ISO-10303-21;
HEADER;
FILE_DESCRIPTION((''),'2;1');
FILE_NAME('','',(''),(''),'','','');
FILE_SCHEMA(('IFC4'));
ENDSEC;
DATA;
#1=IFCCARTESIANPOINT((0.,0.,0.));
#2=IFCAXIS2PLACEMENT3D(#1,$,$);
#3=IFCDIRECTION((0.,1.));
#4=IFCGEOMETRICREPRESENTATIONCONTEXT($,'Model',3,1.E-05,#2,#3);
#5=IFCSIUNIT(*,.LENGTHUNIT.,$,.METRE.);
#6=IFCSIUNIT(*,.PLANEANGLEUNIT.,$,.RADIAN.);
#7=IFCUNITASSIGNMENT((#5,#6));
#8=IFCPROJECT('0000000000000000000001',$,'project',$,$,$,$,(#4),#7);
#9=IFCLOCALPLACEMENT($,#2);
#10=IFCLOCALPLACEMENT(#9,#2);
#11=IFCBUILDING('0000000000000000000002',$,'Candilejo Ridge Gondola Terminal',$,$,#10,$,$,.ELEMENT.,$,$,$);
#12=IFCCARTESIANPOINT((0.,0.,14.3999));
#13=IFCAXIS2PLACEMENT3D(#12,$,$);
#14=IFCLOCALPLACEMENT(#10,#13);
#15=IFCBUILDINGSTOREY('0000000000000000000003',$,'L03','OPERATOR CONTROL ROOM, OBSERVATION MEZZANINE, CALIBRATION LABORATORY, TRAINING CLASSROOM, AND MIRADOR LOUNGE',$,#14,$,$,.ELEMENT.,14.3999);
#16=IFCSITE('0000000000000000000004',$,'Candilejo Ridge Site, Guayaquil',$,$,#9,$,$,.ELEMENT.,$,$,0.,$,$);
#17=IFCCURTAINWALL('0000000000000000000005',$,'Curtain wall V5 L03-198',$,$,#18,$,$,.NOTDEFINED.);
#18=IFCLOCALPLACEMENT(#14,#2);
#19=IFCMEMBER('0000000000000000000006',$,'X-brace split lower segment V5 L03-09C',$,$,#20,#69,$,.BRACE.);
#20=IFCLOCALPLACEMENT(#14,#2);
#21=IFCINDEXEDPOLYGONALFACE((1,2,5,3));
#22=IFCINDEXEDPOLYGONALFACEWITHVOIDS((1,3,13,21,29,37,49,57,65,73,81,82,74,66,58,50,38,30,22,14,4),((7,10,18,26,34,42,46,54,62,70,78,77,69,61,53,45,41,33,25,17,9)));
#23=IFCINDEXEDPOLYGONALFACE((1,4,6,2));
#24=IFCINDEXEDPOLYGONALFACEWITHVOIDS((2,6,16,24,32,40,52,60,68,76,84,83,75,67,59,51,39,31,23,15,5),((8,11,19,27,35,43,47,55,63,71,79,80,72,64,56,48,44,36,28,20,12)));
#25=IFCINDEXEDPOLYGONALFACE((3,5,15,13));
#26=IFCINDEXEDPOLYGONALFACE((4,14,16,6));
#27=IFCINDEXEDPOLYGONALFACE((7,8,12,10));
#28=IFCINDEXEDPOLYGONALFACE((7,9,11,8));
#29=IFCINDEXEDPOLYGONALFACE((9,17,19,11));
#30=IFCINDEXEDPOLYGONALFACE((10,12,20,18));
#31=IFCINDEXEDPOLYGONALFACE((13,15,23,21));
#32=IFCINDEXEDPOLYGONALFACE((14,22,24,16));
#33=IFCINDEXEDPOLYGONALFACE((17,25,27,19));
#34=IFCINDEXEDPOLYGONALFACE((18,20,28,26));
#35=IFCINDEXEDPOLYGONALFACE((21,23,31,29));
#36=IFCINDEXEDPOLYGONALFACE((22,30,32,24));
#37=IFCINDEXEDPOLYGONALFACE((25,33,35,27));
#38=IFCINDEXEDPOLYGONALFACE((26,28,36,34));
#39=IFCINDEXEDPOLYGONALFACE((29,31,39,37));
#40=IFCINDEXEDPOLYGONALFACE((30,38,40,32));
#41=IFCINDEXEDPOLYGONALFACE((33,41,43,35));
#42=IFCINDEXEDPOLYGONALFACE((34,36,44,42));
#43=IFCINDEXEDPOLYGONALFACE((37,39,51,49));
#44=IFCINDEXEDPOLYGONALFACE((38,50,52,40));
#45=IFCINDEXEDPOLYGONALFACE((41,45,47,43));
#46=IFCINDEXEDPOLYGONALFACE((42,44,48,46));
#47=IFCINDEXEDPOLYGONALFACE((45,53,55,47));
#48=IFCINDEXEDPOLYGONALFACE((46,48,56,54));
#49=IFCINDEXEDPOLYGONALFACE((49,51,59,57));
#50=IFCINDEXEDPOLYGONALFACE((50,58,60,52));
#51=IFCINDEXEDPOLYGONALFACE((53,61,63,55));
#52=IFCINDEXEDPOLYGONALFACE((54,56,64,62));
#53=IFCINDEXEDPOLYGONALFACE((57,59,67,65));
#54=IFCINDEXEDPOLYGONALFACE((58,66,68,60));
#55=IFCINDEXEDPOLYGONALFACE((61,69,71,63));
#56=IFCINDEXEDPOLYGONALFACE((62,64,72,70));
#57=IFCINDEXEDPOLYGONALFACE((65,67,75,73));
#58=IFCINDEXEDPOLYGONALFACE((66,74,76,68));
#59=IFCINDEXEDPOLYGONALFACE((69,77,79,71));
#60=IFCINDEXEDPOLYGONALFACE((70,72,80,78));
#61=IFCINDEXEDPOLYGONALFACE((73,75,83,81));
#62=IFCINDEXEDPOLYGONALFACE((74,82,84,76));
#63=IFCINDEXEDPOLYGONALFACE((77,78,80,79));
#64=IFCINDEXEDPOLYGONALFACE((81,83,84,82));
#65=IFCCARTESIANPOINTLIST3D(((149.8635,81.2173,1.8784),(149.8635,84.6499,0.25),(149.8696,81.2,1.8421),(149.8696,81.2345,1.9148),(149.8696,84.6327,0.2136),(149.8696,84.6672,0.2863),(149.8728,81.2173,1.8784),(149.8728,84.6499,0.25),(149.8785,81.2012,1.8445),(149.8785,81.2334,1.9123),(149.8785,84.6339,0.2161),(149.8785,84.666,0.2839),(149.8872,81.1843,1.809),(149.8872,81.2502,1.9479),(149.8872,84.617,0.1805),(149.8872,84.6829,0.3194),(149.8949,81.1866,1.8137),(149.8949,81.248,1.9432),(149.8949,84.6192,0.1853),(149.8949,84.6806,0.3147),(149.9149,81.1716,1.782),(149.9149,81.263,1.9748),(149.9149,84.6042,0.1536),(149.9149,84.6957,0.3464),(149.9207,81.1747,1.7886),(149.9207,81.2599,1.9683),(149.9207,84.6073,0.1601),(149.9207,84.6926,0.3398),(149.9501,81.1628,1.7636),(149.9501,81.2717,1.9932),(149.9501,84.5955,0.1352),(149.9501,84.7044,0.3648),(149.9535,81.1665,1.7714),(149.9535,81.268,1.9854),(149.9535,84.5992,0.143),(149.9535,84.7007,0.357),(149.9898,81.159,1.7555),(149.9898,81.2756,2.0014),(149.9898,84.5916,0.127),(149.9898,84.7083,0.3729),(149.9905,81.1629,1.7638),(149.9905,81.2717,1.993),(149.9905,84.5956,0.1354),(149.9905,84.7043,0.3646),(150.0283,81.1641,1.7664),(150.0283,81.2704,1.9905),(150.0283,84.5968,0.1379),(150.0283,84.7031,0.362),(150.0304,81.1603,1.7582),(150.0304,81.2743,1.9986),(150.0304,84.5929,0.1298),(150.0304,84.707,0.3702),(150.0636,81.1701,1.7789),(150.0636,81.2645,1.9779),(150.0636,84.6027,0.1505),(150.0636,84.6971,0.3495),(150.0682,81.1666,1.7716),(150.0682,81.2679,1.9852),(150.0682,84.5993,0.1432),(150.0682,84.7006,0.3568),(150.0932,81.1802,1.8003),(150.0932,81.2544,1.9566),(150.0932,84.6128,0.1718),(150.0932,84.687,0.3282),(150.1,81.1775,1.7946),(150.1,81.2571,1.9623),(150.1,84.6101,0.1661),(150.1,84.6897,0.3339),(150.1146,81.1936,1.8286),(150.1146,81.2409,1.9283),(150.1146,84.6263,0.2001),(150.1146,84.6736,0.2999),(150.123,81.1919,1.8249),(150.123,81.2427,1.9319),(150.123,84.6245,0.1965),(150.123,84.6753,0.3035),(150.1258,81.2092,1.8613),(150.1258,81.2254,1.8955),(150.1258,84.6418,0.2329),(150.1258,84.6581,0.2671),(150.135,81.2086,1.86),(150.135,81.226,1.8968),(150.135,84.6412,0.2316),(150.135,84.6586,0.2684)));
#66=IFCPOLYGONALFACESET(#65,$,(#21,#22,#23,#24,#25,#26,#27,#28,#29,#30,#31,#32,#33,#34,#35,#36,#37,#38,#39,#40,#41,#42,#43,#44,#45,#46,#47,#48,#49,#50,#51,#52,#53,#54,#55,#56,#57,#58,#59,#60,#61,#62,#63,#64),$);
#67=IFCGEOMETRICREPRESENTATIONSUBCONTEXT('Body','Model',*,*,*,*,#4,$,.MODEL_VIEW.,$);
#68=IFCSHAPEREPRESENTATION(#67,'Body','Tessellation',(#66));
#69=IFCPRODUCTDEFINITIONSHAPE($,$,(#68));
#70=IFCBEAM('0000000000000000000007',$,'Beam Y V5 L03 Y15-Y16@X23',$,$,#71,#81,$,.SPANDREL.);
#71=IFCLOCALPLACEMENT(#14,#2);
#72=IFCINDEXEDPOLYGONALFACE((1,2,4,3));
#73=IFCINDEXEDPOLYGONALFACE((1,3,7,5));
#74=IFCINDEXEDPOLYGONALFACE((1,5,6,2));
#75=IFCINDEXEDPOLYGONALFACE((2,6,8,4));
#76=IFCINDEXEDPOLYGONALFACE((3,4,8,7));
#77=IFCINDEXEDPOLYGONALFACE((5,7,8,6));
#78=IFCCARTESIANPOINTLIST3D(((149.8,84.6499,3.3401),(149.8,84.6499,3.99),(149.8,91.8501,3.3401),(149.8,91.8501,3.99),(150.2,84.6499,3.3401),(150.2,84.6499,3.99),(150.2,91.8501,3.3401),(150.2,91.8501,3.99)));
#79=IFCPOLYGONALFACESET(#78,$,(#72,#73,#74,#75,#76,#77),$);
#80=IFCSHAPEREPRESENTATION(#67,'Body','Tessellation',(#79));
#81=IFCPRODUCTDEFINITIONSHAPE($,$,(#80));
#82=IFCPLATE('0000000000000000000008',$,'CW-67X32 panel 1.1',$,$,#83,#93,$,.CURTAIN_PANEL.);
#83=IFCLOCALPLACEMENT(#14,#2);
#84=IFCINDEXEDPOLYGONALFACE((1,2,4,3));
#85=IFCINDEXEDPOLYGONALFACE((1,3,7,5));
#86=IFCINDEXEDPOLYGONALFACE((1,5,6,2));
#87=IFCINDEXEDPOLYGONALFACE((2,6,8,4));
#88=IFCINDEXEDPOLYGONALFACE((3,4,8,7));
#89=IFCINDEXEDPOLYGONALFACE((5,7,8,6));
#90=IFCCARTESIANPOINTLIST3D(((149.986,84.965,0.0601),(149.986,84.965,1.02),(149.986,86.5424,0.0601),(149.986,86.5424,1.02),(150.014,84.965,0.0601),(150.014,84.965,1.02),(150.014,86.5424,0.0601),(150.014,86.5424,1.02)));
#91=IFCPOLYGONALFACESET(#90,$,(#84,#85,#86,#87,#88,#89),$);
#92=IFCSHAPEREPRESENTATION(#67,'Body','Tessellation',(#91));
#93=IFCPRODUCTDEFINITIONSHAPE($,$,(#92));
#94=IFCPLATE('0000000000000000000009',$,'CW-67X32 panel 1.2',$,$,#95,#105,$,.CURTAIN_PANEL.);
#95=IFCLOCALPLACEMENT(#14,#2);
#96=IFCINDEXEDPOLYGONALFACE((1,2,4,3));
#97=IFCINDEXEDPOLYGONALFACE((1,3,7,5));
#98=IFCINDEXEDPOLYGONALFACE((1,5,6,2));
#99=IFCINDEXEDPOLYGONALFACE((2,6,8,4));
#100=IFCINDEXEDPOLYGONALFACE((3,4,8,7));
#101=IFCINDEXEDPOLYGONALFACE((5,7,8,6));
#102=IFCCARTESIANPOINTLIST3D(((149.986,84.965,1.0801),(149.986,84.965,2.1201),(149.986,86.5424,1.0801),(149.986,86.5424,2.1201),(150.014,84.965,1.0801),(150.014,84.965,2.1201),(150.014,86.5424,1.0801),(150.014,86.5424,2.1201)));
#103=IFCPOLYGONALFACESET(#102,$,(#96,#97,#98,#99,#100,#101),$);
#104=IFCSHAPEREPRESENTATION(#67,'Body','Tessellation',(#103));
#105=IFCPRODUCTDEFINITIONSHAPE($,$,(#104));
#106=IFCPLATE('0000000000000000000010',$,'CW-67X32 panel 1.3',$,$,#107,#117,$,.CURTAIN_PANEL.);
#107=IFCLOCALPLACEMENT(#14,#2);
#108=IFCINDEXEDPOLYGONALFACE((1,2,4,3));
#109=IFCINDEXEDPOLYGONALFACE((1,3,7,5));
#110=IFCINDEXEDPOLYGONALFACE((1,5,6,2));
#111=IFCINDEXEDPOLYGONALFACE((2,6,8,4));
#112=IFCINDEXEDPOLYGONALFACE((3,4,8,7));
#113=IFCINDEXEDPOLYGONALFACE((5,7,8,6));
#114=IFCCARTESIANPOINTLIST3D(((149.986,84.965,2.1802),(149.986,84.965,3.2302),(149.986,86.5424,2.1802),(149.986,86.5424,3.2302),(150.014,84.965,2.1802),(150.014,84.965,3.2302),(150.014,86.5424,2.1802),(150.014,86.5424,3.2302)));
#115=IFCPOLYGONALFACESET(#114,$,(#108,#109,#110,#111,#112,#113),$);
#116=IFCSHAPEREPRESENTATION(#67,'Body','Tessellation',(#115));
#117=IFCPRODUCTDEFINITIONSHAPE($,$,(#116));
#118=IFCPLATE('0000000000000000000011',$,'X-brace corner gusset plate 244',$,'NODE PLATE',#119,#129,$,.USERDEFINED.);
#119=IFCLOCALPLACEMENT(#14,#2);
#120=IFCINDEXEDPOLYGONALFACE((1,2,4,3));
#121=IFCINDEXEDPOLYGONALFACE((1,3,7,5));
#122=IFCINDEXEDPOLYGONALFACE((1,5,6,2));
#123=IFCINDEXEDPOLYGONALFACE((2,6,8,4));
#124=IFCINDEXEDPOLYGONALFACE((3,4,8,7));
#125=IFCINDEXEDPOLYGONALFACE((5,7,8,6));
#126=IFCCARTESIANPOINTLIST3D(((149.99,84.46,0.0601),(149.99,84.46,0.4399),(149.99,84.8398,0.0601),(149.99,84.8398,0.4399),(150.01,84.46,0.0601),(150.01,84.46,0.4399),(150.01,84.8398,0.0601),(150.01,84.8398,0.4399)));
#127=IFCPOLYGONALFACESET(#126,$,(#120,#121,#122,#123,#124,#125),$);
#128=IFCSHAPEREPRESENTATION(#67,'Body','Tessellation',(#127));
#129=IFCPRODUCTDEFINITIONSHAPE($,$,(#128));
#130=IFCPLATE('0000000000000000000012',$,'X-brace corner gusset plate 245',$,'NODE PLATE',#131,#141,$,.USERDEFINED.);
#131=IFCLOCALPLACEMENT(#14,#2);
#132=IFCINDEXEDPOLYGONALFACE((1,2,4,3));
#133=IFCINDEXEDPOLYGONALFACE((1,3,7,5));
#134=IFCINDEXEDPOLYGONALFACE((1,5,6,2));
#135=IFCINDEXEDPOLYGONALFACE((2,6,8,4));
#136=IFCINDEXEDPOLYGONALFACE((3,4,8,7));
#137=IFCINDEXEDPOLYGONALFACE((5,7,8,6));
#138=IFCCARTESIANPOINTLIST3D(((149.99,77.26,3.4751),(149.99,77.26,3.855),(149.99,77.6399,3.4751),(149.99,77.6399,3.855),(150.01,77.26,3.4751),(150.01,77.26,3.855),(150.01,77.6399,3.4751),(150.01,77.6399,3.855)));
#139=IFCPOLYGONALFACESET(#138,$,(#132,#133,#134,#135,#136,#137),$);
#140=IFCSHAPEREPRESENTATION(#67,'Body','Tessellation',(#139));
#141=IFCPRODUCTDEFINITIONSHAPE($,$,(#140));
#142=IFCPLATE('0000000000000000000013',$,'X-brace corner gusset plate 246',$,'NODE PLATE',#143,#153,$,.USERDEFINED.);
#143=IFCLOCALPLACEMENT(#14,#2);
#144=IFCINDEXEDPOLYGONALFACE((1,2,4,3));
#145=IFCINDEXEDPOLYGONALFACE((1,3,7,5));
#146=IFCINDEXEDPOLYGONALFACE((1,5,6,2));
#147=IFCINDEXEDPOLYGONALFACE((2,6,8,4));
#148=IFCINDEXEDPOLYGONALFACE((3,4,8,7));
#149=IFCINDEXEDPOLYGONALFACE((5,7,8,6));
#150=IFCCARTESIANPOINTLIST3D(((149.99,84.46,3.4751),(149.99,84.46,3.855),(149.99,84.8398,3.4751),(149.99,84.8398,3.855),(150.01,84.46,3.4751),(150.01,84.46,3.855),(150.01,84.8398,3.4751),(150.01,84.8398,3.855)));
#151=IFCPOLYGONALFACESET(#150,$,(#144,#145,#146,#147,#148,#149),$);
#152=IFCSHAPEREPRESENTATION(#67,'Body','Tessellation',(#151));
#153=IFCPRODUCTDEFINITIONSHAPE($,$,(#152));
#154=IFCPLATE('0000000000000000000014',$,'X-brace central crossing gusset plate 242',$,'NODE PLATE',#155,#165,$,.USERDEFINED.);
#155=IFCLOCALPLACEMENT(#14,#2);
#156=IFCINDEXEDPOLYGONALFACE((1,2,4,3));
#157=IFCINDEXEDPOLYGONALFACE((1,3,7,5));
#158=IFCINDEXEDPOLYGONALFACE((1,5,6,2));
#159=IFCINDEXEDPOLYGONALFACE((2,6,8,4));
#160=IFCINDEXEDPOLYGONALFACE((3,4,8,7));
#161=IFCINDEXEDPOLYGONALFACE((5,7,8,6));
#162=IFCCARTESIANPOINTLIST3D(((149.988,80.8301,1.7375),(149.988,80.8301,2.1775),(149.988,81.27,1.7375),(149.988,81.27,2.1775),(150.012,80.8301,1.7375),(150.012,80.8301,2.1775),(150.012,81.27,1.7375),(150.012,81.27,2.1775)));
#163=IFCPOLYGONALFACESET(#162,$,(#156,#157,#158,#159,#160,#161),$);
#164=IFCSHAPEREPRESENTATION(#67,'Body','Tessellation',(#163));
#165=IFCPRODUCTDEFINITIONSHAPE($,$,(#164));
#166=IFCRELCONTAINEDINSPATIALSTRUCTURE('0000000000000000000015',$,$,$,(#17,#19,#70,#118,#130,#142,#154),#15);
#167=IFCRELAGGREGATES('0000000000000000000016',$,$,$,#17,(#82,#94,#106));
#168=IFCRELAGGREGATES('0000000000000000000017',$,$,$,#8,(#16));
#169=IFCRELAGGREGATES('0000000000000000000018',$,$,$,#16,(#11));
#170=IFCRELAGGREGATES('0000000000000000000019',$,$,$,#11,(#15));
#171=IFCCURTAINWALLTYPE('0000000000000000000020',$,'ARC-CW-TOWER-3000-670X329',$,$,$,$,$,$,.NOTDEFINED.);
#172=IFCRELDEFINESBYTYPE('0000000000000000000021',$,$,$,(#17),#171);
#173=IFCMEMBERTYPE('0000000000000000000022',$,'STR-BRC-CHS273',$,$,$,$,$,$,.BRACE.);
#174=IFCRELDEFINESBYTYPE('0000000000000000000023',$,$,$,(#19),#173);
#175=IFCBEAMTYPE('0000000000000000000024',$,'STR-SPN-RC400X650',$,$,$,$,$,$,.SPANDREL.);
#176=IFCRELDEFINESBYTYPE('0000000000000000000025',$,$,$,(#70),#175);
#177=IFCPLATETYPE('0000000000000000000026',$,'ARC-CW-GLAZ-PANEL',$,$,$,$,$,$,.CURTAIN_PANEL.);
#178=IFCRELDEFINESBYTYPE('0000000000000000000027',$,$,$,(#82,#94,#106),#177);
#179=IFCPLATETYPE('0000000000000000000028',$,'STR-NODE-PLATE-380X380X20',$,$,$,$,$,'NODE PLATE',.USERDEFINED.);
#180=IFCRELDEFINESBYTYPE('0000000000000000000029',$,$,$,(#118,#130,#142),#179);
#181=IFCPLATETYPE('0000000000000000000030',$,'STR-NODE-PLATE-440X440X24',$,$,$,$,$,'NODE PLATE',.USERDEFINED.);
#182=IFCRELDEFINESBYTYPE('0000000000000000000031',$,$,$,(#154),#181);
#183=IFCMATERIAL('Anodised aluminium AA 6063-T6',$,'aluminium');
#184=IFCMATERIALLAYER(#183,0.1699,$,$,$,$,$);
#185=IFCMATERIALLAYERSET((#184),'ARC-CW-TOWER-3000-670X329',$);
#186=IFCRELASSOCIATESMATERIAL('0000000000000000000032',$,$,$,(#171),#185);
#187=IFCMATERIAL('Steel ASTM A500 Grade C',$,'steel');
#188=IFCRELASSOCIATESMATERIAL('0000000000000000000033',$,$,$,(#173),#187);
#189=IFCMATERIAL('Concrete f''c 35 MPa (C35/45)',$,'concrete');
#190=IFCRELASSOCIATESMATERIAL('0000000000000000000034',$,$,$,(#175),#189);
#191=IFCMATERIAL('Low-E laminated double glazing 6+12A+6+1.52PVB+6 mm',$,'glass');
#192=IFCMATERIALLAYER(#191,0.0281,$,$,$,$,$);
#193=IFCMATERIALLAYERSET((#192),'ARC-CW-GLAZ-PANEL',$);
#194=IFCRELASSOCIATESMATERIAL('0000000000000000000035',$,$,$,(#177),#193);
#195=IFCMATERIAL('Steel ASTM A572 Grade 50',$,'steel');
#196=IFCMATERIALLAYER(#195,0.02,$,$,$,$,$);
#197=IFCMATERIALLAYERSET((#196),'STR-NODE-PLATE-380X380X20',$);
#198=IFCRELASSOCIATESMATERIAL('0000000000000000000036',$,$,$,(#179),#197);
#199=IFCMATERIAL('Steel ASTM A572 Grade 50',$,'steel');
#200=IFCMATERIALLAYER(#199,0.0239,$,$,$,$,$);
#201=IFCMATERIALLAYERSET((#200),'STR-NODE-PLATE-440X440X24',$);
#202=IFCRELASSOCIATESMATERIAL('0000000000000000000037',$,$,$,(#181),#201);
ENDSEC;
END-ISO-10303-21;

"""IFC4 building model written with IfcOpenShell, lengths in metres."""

from ifc_helpers import new_model, si_unit, direction, frame, origin, origin_2d, place, context, subcontext, project, spatial, rectangle, hollow_circle, extrude, material, layer, layer_set, material_profile, profile_set, type_object, element, aggregate, save


model = new_model("IFC4")

# Units and contexts
model_context = context("Model", 3, precision=1e-05, world=origin(), true_north=direction((0.0, 1.0)))
body_context = subcontext(model_context, "Body", "Model", "MODEL_VIEW")
ifc_project = project(units=[si_unit("LENGTHUNIT", "METRE"), si_unit("PLANEANGLEUNIT", "RADIAN")], contexts=[model_context])

# Site, building, storey
site_placement = place(None, origin())
site = spatial("IfcSite", under=ifc_project, at=site_placement, Name="Candilejo Ridge Site, Guayaquil", CompositionType="ELEMENT", RefElevation=0.0)
building_placement = place(site_placement, origin())
building = spatial("IfcBuilding", under=site, at=building_placement, Name="Candilejo Ridge Gondola Terminal", CompositionType="ELEMENT")
storey_placement = place(building_placement, frame((0.0, 0.0, 14.3999)))
storey = spatial("IfcBuildingStorey", under=building, at=storey_placement, Name="L03", Description="OPERATOR CONTROL ROOM, OBSERVATION MEZZANINE, CALIBRATION LABORATORY, TRAINING CLASSROOM, AND MIRADOR LOUNGE", CompositionType="ELEMENT", Elevation=14.3999)

# Curtain wall
ifc_material_1 = material(Name="Anodised aluminium AA 6063-T6", Category="aluminium")
ifc_layer_1 = layer(ifc_material_1, 0.1699)
ifc_layer_set_1 = layer_set([ifc_layer_1], Name="ARC-CW-TOWER-3000-670X329")
curtain_wall_type = type_object("IfcCurtainWallType", Name="ARC-CW-TOWER-3000-670X329", PredefinedType="NOTDEFINED", material=ifc_layer_set_1)
curtain_wall_placement = place(storey_placement, origin())
curtain_wall = element("IfcCurtainWall", 1, at=curtain_wall_placement, inside=storey, type_object=curtain_wall_type, Name="Curtain wall V5 L03-198", PredefinedType="NOTDEFINED")

# Member
ifc_material_2 = material(Name="Steel ASTM A500 Grade C", Category="steel")
ifc_material_profile_1 = material_profile(ifc_material_2, hollow_circle(Radius=0.1365, WallThickness=0.0093, at=origin_2d()))
ifc_profile_set_1 = profile_set([ifc_material_profile_1], Name="Steel ASTM A500 Grade C")
member_type_1 = type_object("IfcMemberType", Name="STR-BRC-CHS273", PredefinedType="BRACE", material=ifc_profile_set_1)
member_1_placement = place(storey_placement, frame((150.0, 81.2173, 1.8784), z_axis=(0.0, 0.903489, -0.428611), x_axis=(-1.0, 0.0, 0.0)))
element("IfcMember", 2, at=member_1_placement, inside=storey, type_object=member_type_1, Name="X-brace split lower segment V5 L03-09C", PredefinedType="BRACE", context=body_context, shape_type="SweptSolid", body=[
    extrude(hollow_circle(Radius=0.1365, WallThickness=0.0093, at=origin_2d()), origin(), (0.0, 0.0, 1.0), 3.7993),
])

# Beam
ifc_material_3 = material(Name="Concrete f'c 35 MPa (C35/45)", Category="concrete")
ifc_material_profile_2 = material_profile(ifc_material_3, rectangle(XDim=0.3999, YDim=0.6499, at=origin_2d()))
ifc_profile_set_2 = profile_set([ifc_material_profile_2], Name="Concrete f'c 35 MPa (C35/45)")
beam_type_1 = type_object("IfcBeamType", Name="STR-SPN-RC400X650", PredefinedType="SPANDREL", material=ifc_profile_set_2)
beam_1_placement = place(storey_placement, frame((150.0, 84.6499, 3.665), z_axis=(0.0, 1.0, 0.0), x_axis=(-1.0, 0.0, 0.0)))
element("IfcBeam", 3, at=beam_1_placement, inside=storey, type_object=beam_type_1, Name="Beam Y V5 L03 Y15-Y16@X23", PredefinedType="SPANDREL", context=body_context, shape_type="SweptSolid", body=[
    extrude(rectangle(XDim=0.3999, YDim=0.6499, at=origin_2d()), origin(), (0.0, 0.0, 1.0), 7.2002),
])

# Plates
ifc_material_4 = material(Name="Low-E laminated double glazing 6+12A+6+1.52PVB+6 mm", Category="glass")
ifc_layer_2 = layer(ifc_material_4, 0.0281)
ifc_layer_set_2 = layer_set([ifc_layer_2], Name="ARC-CW-GLAZ-PANEL")
plate_type_1 = type_object("IfcPlateType", Name="ARC-CW-GLAZ-PANEL", PredefinedType="CURTAIN_PANEL", material=ifc_layer_set_2)
plate_1_placement = place(storey_placement, frame((150.0, 85.7537, 0.0601), z_axis=(0.0, 0.0, 1.0), x_axis=(0.0, 1.0, 0.0)))
plate_1 = element("IfcPlate", 4, at=plate_1_placement, type_object=plate_type_1, Name="CW-67X32 panel 1.1", PredefinedType="CURTAIN_PANEL", context=body_context, shape_type="SweptSolid", body=[
    extrude(rectangle(XDim=1.5774, YDim=0.0281, at=origin_2d()), origin(), (0.0, 0.0, 1.0), 0.96),
])
plate_2_placement = place(storey_placement, frame((150.0, 85.7537, 1.0801), z_axis=(0.0, 0.0, 1.0), x_axis=(0.0, 1.0, 0.0)))
plate_2 = element("IfcPlate", 5, at=plate_2_placement, type_object=plate_type_1, Name="CW-67X32 panel 1.2", PredefinedType="CURTAIN_PANEL", context=body_context, shape_type="SweptSolid", body=[
    extrude(rectangle(XDim=1.5774, YDim=0.0281, at=origin_2d()), origin(), (0.0, 0.0, 1.0), 1.04),
])
plate_3_placement = place(storey_placement, frame((150.0, 85.7537, 2.1802), z_axis=(0.0, 0.0, 1.0), x_axis=(0.0, 1.0, 0.0)))
plate_3 = element("IfcPlate", 6, at=plate_3_placement, type_object=plate_type_1, Name="CW-67X32 panel 1.3", PredefinedType="CURTAIN_PANEL", context=body_context, shape_type="SweptSolid", body=[
    extrude(rectangle(XDim=1.5774, YDim=0.0281, at=origin_2d()), origin(), (0.0, 0.0, 1.0), 1.05),
])
aggregate(curtain_wall, [plate_1, plate_2, plate_3])

# Plates
ifc_material_5 = material(Name="Steel ASTM A572 Grade 50", Category="steel")
ifc_layer_3 = layer(ifc_material_5, 0.02)
ifc_layer_set_3 = layer_set([ifc_layer_3], Name="STR-NODE-PLATE-380X380X20")
plate_type_2 = type_object("IfcPlateType", Name="STR-NODE-PLATE-380X380X20", ElementType="NODE PLATE", PredefinedType="USERDEFINED", material=ifc_layer_set_3)
for number, where, z_axis, x_axis, name in (
    (7, (150.0, 84.6499, 0.0601), (0.0, 0.0, 1.0), (1.0, 0.0, 0.0), "X-brace corner gusset plate 244"),
    (8, (150.0, 77.45, 3.4751), (0.0, 0.0, 1.0), (1.0, 0.0, 0.0), "X-brace corner gusset plate 245"),
    (9, (150.0, 84.6499, 3.4751), (0.0, 0.0, 1.0), (1.0, 0.0, 0.0), "X-brace corner gusset plate 246"),
):
    element("IfcPlate", number, at=place(storey_placement, frame(where, z_axis=z_axis, x_axis=x_axis)), inside=storey, type_object=plate_type_2, Name=name, ObjectType="NODE PLATE", PredefinedType="USERDEFINED", context=body_context, shape_type="SweptSolid", body=[
        extrude(rectangle(XDim=0.02, YDim=0.3799, at=origin_2d()), origin(), (0.0, 0.0, 1.0), 0.3799),
    ])
ifc_material_6 = material(Name="Steel ASTM A572 Grade 50", Category="steel")
ifc_layer_4 = layer(ifc_material_6, 0.0239)
ifc_layer_set_4 = layer_set([ifc_layer_4], Name="STR-NODE-PLATE-440X440X24")
plate_type_3 = type_object("IfcPlateType", Name="STR-NODE-PLATE-440X440X24", ElementType="NODE PLATE", PredefinedType="USERDEFINED", material=ifc_layer_set_4)
plate_4_placement = place(storey_placement, frame((150.0, 81.05, 1.7375), z_axis=(0.0, 0.0, 1.0), x_axis=(1.0, 0.0, 0.0)))
element("IfcPlate", 10, at=plate_4_placement, inside=storey, type_object=plate_type_3, Name="X-brace central crossing gusset plate 242", ObjectType="NODE PLATE", PredefinedType="USERDEFINED", context=body_context, shape_type="SweptSolid", body=[
    extrude(rectangle(XDim=0.0239, YDim=0.4399, at=origin_2d()), origin(), (0.0, 0.0, 1.0), 0.4399),
])

save(model, "model.ifc")
